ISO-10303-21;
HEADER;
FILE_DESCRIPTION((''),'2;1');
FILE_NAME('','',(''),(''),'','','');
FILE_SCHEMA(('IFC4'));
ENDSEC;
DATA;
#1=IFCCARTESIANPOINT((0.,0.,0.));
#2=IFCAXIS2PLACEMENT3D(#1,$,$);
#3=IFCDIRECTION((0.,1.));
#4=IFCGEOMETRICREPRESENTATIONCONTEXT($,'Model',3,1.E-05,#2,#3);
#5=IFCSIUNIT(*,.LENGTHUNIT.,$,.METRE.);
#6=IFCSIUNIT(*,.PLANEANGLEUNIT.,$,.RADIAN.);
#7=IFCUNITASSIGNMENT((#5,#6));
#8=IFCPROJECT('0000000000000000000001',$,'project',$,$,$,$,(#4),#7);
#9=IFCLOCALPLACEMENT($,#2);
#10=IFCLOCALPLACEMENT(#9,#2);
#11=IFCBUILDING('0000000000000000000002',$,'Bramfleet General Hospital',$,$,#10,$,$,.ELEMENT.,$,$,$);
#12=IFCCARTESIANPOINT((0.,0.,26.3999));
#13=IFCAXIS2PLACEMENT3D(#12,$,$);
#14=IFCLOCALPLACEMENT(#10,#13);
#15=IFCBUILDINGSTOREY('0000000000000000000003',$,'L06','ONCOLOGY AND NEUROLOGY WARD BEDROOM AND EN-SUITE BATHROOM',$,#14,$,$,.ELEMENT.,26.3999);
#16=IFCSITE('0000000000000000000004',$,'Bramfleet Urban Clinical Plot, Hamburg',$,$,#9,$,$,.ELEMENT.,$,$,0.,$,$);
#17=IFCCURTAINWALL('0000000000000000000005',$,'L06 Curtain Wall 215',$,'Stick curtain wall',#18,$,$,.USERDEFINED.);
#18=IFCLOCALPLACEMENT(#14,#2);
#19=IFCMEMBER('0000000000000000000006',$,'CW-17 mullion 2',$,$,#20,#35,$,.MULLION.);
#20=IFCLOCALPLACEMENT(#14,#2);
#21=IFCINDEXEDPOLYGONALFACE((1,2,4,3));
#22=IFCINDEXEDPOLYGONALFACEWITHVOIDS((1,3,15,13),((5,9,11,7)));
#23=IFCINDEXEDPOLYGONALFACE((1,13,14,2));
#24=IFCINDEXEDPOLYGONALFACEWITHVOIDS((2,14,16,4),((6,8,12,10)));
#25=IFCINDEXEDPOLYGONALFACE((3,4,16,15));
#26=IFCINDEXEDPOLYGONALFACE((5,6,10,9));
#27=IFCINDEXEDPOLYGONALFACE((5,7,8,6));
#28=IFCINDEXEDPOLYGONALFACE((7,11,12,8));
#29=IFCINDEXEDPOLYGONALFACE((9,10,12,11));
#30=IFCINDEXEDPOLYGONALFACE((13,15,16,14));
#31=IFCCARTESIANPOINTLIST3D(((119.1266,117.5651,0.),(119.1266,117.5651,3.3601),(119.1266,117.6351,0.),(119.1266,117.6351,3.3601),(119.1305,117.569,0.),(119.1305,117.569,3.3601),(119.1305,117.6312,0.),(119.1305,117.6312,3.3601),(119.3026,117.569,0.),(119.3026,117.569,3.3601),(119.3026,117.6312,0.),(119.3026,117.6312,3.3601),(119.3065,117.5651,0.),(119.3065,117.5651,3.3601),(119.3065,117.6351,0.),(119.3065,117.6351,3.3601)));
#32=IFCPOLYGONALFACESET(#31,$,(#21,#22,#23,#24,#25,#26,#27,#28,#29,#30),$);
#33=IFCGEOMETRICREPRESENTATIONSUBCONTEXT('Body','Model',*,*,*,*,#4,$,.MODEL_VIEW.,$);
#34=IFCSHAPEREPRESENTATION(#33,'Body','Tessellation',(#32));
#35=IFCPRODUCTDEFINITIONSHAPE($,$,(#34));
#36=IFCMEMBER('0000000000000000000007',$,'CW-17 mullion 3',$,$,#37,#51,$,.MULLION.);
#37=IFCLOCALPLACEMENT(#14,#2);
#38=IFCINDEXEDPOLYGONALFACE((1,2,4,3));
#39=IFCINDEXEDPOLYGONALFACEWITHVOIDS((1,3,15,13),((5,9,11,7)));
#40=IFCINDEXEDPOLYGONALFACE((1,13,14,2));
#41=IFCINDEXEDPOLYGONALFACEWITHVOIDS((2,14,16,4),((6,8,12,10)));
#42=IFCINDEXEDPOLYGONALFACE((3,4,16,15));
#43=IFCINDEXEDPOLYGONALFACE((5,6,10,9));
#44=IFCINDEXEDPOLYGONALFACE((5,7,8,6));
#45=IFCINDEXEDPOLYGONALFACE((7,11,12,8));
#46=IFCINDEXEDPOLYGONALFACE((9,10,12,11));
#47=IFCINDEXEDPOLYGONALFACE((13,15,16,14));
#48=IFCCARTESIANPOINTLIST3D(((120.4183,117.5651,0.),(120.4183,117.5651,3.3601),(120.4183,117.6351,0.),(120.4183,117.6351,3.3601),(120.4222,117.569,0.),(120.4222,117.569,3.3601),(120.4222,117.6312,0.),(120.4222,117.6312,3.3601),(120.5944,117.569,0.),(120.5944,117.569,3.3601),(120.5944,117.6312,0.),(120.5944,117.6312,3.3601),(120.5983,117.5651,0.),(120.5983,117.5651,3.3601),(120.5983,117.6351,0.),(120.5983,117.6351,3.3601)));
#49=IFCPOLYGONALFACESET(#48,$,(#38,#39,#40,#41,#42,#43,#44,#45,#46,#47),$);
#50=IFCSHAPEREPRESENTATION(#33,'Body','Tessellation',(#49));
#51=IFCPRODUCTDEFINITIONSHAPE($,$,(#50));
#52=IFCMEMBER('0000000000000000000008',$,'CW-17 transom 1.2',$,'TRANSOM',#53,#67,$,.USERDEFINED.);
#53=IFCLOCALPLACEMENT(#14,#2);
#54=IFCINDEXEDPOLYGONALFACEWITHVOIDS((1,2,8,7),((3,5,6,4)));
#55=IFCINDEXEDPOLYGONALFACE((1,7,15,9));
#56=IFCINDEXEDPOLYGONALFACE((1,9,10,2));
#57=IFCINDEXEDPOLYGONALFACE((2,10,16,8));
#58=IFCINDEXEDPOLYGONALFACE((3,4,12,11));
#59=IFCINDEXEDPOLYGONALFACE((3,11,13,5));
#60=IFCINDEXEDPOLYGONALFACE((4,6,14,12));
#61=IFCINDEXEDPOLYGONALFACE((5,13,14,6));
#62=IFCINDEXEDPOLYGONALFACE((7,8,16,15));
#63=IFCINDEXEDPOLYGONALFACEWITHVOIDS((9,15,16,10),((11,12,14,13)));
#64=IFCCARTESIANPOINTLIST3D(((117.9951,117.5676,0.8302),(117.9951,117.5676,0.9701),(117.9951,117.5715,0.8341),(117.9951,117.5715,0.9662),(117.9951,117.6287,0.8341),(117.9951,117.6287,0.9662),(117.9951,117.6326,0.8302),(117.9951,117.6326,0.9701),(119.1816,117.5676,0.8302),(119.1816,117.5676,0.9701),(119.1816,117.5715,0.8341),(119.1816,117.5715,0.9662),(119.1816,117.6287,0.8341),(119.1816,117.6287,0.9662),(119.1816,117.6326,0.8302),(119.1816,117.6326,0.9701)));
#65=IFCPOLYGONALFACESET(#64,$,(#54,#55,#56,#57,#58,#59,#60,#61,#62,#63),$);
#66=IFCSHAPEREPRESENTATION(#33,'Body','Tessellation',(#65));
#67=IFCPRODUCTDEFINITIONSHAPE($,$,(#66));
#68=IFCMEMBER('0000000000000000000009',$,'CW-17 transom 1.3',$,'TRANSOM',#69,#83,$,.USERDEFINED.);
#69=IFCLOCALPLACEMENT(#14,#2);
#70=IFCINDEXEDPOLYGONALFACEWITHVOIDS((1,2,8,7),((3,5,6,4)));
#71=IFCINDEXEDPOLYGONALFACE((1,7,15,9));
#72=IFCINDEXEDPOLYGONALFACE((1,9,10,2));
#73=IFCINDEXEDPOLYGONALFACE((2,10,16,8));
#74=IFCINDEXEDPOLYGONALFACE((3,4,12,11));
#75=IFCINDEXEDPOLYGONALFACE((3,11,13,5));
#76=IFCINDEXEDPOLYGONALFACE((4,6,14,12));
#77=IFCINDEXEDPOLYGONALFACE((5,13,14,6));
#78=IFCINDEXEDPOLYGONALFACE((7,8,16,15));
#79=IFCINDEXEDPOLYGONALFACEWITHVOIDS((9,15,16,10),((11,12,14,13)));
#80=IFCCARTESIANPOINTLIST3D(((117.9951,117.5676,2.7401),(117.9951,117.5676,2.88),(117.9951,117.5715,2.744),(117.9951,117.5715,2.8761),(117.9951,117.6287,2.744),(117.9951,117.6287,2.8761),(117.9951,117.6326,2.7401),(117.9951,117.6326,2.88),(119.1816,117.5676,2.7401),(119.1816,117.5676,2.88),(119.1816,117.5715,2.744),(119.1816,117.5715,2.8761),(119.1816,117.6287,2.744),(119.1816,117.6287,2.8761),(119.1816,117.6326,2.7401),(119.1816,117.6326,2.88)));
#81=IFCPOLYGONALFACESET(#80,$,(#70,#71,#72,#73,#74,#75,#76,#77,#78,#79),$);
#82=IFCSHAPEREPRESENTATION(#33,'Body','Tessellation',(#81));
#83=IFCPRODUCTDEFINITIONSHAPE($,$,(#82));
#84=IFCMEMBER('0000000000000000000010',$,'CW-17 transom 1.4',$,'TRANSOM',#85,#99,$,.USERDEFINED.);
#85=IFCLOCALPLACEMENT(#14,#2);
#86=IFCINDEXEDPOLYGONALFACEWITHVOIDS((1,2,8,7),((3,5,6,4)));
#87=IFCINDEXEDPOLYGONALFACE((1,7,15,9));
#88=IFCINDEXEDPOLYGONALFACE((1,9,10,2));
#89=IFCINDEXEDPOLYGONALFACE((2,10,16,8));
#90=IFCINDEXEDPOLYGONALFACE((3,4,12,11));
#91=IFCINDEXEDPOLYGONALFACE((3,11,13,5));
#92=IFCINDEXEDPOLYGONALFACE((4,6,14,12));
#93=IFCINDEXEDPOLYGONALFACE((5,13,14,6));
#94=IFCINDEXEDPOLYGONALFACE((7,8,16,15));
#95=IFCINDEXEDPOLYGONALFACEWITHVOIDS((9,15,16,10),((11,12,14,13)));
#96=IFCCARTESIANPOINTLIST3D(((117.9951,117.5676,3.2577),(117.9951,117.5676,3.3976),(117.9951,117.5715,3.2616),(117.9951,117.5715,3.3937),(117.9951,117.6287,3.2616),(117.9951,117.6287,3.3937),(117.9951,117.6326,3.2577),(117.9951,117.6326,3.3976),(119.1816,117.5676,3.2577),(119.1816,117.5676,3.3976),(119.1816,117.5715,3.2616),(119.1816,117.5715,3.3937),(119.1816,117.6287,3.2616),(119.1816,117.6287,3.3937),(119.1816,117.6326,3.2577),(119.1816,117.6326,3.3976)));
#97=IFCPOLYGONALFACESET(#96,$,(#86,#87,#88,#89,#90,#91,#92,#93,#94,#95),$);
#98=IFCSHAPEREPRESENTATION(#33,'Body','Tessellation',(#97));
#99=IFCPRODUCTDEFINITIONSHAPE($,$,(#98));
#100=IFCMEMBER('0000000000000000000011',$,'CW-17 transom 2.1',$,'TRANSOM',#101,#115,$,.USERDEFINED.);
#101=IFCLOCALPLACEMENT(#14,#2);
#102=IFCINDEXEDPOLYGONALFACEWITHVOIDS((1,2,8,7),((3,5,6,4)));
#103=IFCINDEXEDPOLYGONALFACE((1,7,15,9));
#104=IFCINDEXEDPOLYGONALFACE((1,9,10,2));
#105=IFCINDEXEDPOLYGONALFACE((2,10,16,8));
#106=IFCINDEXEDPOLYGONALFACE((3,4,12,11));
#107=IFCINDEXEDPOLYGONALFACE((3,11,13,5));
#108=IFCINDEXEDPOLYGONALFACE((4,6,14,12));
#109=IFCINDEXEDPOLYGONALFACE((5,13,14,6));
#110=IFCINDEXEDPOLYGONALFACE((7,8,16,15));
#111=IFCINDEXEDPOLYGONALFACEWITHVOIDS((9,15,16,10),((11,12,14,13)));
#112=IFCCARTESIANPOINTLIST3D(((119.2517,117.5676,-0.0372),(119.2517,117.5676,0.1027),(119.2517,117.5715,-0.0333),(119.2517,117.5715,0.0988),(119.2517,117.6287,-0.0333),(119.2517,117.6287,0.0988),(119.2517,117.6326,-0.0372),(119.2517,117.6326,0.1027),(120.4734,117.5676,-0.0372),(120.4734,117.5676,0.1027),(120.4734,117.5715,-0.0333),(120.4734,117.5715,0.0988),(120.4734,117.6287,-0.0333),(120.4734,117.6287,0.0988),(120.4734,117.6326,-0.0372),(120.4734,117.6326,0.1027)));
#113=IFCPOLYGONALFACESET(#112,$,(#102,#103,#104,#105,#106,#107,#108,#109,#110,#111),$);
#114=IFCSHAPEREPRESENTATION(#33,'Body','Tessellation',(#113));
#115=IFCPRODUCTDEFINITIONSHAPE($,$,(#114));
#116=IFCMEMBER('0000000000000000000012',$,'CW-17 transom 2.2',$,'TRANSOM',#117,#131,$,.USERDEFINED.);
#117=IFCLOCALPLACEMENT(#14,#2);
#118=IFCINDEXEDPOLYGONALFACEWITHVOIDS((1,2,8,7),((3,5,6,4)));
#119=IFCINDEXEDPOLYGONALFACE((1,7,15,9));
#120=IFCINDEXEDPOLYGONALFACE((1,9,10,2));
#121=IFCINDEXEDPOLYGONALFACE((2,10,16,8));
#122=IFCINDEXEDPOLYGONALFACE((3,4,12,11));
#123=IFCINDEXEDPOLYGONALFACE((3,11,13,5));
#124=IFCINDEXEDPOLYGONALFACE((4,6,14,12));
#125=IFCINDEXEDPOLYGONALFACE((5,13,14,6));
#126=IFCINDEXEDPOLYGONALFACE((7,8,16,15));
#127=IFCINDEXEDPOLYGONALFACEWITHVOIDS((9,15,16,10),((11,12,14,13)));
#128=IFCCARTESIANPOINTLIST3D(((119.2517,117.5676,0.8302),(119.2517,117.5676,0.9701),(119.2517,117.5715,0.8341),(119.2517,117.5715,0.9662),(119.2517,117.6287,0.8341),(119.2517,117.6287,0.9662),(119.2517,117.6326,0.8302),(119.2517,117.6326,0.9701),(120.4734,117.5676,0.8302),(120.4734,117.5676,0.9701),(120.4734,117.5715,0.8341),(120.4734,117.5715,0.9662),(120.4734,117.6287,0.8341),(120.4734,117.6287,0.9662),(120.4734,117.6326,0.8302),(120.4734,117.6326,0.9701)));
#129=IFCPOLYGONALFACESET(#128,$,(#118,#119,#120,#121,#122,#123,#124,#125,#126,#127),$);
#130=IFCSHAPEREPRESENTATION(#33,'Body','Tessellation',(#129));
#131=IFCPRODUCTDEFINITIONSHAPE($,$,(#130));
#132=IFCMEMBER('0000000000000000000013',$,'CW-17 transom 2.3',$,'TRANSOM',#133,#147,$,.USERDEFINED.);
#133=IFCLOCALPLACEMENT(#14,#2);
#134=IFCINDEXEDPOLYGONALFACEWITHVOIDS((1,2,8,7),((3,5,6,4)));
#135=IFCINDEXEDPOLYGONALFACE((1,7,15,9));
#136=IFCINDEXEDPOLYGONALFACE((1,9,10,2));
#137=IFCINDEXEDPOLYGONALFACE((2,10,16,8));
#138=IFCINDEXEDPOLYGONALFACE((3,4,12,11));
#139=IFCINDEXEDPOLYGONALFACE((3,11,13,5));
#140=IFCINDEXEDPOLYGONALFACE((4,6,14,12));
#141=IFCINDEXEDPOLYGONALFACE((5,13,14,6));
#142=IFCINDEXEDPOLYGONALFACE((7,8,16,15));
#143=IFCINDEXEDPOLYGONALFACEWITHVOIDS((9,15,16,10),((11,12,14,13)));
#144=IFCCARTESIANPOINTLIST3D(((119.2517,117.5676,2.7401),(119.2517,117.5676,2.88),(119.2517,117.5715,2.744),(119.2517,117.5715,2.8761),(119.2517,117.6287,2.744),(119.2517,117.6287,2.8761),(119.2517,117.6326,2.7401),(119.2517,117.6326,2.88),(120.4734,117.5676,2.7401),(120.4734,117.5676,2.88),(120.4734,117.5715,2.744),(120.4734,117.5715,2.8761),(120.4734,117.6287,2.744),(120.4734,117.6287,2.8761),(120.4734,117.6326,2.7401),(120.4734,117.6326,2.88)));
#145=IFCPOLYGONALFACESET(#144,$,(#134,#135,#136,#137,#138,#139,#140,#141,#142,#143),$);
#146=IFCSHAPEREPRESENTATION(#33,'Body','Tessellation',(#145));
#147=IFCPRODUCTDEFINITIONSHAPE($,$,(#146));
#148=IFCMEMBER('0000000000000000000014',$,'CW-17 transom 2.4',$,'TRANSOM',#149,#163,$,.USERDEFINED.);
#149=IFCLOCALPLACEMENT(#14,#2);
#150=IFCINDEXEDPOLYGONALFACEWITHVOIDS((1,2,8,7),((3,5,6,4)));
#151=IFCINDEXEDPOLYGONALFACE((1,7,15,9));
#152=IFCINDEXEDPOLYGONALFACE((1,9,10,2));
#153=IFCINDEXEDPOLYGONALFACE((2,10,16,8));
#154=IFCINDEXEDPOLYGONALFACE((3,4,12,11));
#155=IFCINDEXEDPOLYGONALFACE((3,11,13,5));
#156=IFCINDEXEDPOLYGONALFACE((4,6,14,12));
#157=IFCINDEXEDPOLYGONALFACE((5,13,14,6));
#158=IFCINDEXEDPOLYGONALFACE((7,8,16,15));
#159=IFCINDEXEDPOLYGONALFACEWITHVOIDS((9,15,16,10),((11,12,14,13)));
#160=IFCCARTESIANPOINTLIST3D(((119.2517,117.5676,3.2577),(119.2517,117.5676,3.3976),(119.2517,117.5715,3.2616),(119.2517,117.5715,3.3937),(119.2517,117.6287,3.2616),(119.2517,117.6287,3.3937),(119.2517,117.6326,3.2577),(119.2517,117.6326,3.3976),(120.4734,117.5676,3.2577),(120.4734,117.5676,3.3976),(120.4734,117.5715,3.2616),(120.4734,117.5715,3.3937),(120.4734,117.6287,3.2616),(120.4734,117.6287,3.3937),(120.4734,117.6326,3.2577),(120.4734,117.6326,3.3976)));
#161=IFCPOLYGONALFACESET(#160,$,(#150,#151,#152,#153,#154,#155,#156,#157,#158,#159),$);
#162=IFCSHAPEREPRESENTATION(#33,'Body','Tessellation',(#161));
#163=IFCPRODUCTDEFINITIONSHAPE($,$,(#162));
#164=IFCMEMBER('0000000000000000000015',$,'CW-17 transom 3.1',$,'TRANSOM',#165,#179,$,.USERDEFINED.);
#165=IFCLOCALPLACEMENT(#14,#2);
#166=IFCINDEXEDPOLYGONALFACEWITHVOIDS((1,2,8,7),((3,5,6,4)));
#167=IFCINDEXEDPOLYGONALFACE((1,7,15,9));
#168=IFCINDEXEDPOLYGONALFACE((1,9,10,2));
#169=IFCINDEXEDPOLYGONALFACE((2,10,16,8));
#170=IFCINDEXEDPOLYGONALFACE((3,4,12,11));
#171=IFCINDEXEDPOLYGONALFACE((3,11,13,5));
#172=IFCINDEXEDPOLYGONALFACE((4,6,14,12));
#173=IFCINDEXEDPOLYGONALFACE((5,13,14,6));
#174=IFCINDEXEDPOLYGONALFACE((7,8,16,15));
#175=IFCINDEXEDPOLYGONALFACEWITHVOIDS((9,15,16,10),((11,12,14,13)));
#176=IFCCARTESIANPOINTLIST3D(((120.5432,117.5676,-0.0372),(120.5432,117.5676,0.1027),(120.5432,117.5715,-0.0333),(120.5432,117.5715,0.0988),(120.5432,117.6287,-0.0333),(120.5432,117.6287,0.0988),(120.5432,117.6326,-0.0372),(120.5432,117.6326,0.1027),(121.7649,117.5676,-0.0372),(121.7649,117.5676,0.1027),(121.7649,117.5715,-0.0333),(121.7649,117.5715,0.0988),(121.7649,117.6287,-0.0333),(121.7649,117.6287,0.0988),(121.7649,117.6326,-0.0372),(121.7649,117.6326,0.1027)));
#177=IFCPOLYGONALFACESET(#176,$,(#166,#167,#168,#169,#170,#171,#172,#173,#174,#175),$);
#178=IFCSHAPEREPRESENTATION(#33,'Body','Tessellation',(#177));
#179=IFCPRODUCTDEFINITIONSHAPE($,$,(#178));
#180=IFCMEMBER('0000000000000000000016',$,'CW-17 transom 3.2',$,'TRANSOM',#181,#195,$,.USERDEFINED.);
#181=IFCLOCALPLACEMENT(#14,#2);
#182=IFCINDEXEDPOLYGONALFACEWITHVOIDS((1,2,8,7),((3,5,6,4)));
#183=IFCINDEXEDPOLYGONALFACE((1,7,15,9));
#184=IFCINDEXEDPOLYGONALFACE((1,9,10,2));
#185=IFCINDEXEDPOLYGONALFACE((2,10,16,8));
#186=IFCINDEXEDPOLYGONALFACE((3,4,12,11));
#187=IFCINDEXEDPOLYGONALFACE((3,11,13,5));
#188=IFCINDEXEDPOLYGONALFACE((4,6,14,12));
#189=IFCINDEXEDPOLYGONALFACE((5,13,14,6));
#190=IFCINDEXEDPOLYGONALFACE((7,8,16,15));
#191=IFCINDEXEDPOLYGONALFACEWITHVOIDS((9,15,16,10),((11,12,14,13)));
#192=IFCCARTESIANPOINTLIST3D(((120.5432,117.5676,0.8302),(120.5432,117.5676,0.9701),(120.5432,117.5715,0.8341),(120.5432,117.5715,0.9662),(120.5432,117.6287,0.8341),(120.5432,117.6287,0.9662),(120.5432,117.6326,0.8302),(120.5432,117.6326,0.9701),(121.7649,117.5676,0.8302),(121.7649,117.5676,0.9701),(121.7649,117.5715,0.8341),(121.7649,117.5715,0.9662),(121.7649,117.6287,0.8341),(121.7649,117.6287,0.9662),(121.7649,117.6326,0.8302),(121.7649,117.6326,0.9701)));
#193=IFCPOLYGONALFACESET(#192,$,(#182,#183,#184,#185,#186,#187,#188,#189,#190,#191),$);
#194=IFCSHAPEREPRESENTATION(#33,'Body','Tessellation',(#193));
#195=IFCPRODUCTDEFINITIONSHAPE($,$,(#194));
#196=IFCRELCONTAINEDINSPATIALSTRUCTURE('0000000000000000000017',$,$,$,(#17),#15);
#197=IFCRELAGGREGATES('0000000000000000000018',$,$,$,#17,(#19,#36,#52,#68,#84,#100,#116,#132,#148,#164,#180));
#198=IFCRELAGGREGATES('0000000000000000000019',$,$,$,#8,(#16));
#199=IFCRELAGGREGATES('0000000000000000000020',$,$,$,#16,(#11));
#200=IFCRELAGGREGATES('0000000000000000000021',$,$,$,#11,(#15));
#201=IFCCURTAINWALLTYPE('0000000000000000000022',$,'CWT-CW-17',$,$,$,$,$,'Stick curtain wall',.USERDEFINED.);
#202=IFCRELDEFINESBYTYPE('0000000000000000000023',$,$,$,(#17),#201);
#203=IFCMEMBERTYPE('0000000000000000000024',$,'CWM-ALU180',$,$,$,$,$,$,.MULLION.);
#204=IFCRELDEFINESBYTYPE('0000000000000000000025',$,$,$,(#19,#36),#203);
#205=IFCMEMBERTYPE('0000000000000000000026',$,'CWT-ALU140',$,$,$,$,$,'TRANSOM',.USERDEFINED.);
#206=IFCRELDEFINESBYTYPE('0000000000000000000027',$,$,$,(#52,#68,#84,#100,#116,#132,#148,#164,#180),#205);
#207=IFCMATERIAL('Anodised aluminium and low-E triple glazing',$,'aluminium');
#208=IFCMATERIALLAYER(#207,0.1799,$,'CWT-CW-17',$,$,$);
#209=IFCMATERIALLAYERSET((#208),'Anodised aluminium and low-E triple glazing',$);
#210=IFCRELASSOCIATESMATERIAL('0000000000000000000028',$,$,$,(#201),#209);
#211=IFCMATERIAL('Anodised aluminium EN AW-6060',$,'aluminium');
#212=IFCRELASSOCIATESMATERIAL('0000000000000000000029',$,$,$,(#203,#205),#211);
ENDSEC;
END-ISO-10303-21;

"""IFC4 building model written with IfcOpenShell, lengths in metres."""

from ifc_helpers import new_model, si_unit, direction, frame, origin, origin_2d, place, context, subcontext, project, spatial, hollow_rectangle, extrude, material, layer, layer_set, material_profile, profile_set, type_object, element, aggregate, save


model = new_model("IFC4")

# Units and contexts
model_context = context("Model", 3, precision=1e-05, world=origin(), true_north=direction((0.0, 1.0)))
body_context = subcontext(model_context, "Body", "Model", "MODEL_VIEW")
ifc_project = project(units=[si_unit("LENGTHUNIT", "METRE"), si_unit("PLANEANGLEUNIT", "RADIAN")], contexts=[model_context])

# Site, building, storey
site_placement = place(None, origin())
site = spatial("IfcSite", under=ifc_project, at=site_placement, Name="Bramfleet Urban Clinical Plot, Hamburg", CompositionType="ELEMENT", RefElevation=0.0)
building_placement = place(site_placement, origin())
building = spatial("IfcBuilding", under=site, at=building_placement, Name="Bramfleet General Hospital", CompositionType="ELEMENT")
storey_placement = place(building_placement, frame((0.0, 0.0, 26.3999)))
storey = spatial("IfcBuildingStorey", under=building, at=storey_placement, Name="L06", Description="ONCOLOGY AND NEUROLOGY WARD BEDROOM AND EN-SUITE BATHROOM", CompositionType="ELEMENT", Elevation=26.3999)

# Curtain wall, members
ifc_material_1 = material(Name="Anodised aluminium and low-E triple glazing", Category="aluminium")
ifc_layer_1 = layer(ifc_material_1, 0.1799, Name="CWT-CW-17")
ifc_layer_set_1 = layer_set([ifc_layer_1], Name="Anodised aluminium and low-E triple glazing")
curtain_wall_type = type_object("IfcCurtainWallType", Name="CWT-CW-17", ElementType="Stick curtain wall", PredefinedType="USERDEFINED", material=ifc_layer_set_1)
curtain_wall_placement = place(storey_placement, origin())
curtain_wall = element("IfcCurtainWall", 1, at=curtain_wall_placement, inside=storey, type_object=curtain_wall_type, Name="L06 Curtain Wall 215", ObjectType="Stick curtain wall", PredefinedType="USERDEFINED")
ifc_material_2 = material(Name="Anodised aluminium EN AW-6060", Category="aluminium")
ifc_material_profile_1 = material_profile(ifc_material_2, hollow_rectangle(XDim=0.0701, YDim=0.1799, WallThickness=0.0039, at=origin_2d()), Name="ALU 180x70x4.0")
ifc_profile_set_1 = profile_set([ifc_material_profile_1], Name="Anodised aluminium EN AW-6060")
member_type_1 = type_object("IfcMemberType", Name="CWM-ALU180", PredefinedType="MULLION", material=ifc_profile_set_1)
member_1_placement = place(storey_placement, frame((119.2166, 117.6001, 0.0), z_axis=(0.0, 0.0, 1.0), x_axis=(0.0, 1.0, 0.0)))
member_1 = element("IfcMember", 2, at=member_1_placement, type_object=member_type_1, Name="CW-17 mullion 2", PredefinedType="MULLION", context=body_context, shape_type="SweptSolid", body=[
    extrude(hollow_rectangle(XDim=0.0701, YDim=0.1799, WallThickness=0.0039, at=origin_2d()), origin(), (0.0, 0.0, 1.0), 3.3601),
])
member_2_placement = place(storey_placement, frame((120.5083, 117.6001, 0.0), z_axis=(0.0, 0.0, 1.0), x_axis=(0.0, 1.0, 0.0)))
member_2 = element("IfcMember", 3, at=member_2_placement, type_object=member_type_1, Name="CW-17 mullion 3", PredefinedType="MULLION", context=body_context, shape_type="SweptSolid", body=[
    extrude(hollow_rectangle(XDim=0.0701, YDim=0.1799, WallThickness=0.0039, at=origin_2d()), origin(), (0.0, 0.0, 1.0), 3.3601),
])
ifc_material_profile_2 = material_profile(ifc_material_2, hollow_rectangle(XDim=0.0649, YDim=0.1399, WallThickness=0.0039, at=origin_2d()), Name="ALU 140x65x4.0")
ifc_profile_set_2 = profile_set([ifc_material_profile_2], Name="Anodised aluminium EN AW-6060")
member_type_2 = type_object("IfcMemberType", Name="CWT-ALU140", ElementType="TRANSOM", PredefinedType="USERDEFINED", material=ifc_profile_set_2)
member_3_placement = place(storey_placement, frame((117.9951, 117.6001, 0.9001), z_axis=(1.0, 0.0, 0.0), x_axis=(0.0, 1.0, 0.0)))
member_3 = element("IfcMember", 4, at=member_3_placement, type_object=member_type_2, Name="CW-17 transom 1.2", ObjectType="TRANSOM", PredefinedType="USERDEFINED", context=body_context, shape_type="SweptSolid", body=[
    extrude(hollow_rectangle(XDim=0.0649, YDim=0.1399, WallThickness=0.0039, at=origin_2d()), origin(), (0.0, 0.0, 1.0), 1.1865),
])
member_4_placement = place(storey_placement, frame((117.9951, 117.6001, 2.8101), z_axis=(1.0, 0.0, 0.0), x_axis=(0.0, 1.0, 0.0)))
member_4 = element("IfcMember", 5, at=member_4_placement, type_object=member_type_2, Name="CW-17 transom 1.3", ObjectType="TRANSOM", PredefinedType="USERDEFINED", context=body_context, shape_type="SweptSolid", body=[
    extrude(hollow_rectangle(XDim=0.0649, YDim=0.1399, WallThickness=0.0039, at=origin_2d()), origin(), (0.0, 0.0, 1.0), 1.1865),
])
member_5_placement = place(storey_placement, frame((117.9951, 117.6001, 3.3276), z_axis=(1.0, 0.0, 0.0), x_axis=(0.0, 1.0, 0.0)))
member_5 = element("IfcMember", 6, at=member_5_placement, type_object=member_type_2, Name="CW-17 transom 1.4", ObjectType="TRANSOM", PredefinedType="USERDEFINED", context=body_context, shape_type="SweptSolid", body=[
    extrude(hollow_rectangle(XDim=0.0649, YDim=0.1399, WallThickness=0.0039, at=origin_2d()), origin(), (0.0, 0.0, 1.0), 1.1865),
])
member_6_placement = place(storey_placement, frame((119.2517, 117.6001, 0.0327), z_axis=(1.0, 0.0, 0.0), x_axis=(0.0, 1.0, 0.0)))
member_6 = element("IfcMember", 7, at=member_6_placement, type_object=member_type_2, Name="CW-17 transom 2.1", ObjectType="TRANSOM", PredefinedType="USERDEFINED", context=body_context, shape_type="SweptSolid", body=[
    extrude(hollow_rectangle(XDim=0.0649, YDim=0.1399, WallThickness=0.0039, at=origin_2d()), origin(), (0.0, 0.0, 1.0), 1.2217),
])
member_7_placement = place(storey_placement, frame((119.2517, 117.6001, 0.9001), z_axis=(1.0, 0.0, 0.0), x_axis=(0.0, 1.0, 0.0)))
member_7 = element("IfcMember", 8, at=member_7_placement, type_object=member_type_2, Name="CW-17 transom 2.2", ObjectType="TRANSOM", PredefinedType="USERDEFINED", context=body_context, shape_type="SweptSolid", body=[
    extrude(hollow_rectangle(XDim=0.0649, YDim=0.1399, WallThickness=0.0039, at=origin_2d()), origin(), (0.0, 0.0, 1.0), 1.2217),
])
member_8_placement = place(storey_placement, frame((119.2517, 117.6001, 2.8101), z_axis=(1.0, 0.0, 0.0), x_axis=(0.0, 1.0, 0.0)))
member_8 = element("IfcMember", 9, at=member_8_placement, type_object=member_type_2, Name="CW-17 transom 2.3", ObjectType="TRANSOM", PredefinedType="USERDEFINED", context=body_context, shape_type="SweptSolid", body=[
    extrude(hollow_rectangle(XDim=0.0649, YDim=0.1399, WallThickness=0.0039, at=origin_2d()), origin(), (0.0, 0.0, 1.0), 1.2217),
])
member_9_placement = place(storey_placement, frame((119.2517, 117.6001, 3.3276), z_axis=(1.0, 0.0, 0.0), x_axis=(0.0, 1.0, 0.0)))
member_9 = element("IfcMember", 10, at=member_9_placement, type_object=member_type_2, Name="CW-17 transom 2.4", ObjectType="TRANSOM", PredefinedType="USERDEFINED", context=body_context, shape_type="SweptSolid", body=[
    extrude(hollow_rectangle(XDim=0.0649, YDim=0.1399, WallThickness=0.0039, at=origin_2d()), origin(), (0.0, 0.0, 1.0), 1.2217),
])
member_10_placement = place(storey_placement, frame((120.5432, 117.6001, 0.0327), z_axis=(1.0, 0.0, 0.0), x_axis=(0.0, 1.0, 0.0)))
member_10 = element("IfcMember", 11, at=member_10_placement, type_object=member_type_2, Name="CW-17 transom 3.1", ObjectType="TRANSOM", PredefinedType="USERDEFINED", context=body_context, shape_type="SweptSolid", body=[
    extrude(hollow_rectangle(XDim=0.0649, YDim=0.1399, WallThickness=0.0039, at=origin_2d()), origin(), (0.0, 0.0, 1.0), 1.2217),
])
member_11_placement = place(storey_placement, frame((120.5432, 117.6001, 0.9001), z_axis=(1.0, 0.0, 0.0), x_axis=(0.0, 1.0, 0.0)))
member_11 = element("IfcMember", 12, at=member_11_placement, type_object=member_type_2, Name="CW-17 transom 3.2", ObjectType="TRANSOM", PredefinedType="USERDEFINED", context=body_context, shape_type="SweptSolid", body=[
    extrude(hollow_rectangle(XDim=0.0649, YDim=0.1399, WallThickness=0.0039, at=origin_2d()), origin(), (0.0, 0.0, 1.0), 1.2217),
])
aggregate(curtain_wall, [member_1, member_2, member_3, member_4, member_5, member_6, member_7, member_8, member_9, member_10, member_11])

save(model, "model.ifc")
